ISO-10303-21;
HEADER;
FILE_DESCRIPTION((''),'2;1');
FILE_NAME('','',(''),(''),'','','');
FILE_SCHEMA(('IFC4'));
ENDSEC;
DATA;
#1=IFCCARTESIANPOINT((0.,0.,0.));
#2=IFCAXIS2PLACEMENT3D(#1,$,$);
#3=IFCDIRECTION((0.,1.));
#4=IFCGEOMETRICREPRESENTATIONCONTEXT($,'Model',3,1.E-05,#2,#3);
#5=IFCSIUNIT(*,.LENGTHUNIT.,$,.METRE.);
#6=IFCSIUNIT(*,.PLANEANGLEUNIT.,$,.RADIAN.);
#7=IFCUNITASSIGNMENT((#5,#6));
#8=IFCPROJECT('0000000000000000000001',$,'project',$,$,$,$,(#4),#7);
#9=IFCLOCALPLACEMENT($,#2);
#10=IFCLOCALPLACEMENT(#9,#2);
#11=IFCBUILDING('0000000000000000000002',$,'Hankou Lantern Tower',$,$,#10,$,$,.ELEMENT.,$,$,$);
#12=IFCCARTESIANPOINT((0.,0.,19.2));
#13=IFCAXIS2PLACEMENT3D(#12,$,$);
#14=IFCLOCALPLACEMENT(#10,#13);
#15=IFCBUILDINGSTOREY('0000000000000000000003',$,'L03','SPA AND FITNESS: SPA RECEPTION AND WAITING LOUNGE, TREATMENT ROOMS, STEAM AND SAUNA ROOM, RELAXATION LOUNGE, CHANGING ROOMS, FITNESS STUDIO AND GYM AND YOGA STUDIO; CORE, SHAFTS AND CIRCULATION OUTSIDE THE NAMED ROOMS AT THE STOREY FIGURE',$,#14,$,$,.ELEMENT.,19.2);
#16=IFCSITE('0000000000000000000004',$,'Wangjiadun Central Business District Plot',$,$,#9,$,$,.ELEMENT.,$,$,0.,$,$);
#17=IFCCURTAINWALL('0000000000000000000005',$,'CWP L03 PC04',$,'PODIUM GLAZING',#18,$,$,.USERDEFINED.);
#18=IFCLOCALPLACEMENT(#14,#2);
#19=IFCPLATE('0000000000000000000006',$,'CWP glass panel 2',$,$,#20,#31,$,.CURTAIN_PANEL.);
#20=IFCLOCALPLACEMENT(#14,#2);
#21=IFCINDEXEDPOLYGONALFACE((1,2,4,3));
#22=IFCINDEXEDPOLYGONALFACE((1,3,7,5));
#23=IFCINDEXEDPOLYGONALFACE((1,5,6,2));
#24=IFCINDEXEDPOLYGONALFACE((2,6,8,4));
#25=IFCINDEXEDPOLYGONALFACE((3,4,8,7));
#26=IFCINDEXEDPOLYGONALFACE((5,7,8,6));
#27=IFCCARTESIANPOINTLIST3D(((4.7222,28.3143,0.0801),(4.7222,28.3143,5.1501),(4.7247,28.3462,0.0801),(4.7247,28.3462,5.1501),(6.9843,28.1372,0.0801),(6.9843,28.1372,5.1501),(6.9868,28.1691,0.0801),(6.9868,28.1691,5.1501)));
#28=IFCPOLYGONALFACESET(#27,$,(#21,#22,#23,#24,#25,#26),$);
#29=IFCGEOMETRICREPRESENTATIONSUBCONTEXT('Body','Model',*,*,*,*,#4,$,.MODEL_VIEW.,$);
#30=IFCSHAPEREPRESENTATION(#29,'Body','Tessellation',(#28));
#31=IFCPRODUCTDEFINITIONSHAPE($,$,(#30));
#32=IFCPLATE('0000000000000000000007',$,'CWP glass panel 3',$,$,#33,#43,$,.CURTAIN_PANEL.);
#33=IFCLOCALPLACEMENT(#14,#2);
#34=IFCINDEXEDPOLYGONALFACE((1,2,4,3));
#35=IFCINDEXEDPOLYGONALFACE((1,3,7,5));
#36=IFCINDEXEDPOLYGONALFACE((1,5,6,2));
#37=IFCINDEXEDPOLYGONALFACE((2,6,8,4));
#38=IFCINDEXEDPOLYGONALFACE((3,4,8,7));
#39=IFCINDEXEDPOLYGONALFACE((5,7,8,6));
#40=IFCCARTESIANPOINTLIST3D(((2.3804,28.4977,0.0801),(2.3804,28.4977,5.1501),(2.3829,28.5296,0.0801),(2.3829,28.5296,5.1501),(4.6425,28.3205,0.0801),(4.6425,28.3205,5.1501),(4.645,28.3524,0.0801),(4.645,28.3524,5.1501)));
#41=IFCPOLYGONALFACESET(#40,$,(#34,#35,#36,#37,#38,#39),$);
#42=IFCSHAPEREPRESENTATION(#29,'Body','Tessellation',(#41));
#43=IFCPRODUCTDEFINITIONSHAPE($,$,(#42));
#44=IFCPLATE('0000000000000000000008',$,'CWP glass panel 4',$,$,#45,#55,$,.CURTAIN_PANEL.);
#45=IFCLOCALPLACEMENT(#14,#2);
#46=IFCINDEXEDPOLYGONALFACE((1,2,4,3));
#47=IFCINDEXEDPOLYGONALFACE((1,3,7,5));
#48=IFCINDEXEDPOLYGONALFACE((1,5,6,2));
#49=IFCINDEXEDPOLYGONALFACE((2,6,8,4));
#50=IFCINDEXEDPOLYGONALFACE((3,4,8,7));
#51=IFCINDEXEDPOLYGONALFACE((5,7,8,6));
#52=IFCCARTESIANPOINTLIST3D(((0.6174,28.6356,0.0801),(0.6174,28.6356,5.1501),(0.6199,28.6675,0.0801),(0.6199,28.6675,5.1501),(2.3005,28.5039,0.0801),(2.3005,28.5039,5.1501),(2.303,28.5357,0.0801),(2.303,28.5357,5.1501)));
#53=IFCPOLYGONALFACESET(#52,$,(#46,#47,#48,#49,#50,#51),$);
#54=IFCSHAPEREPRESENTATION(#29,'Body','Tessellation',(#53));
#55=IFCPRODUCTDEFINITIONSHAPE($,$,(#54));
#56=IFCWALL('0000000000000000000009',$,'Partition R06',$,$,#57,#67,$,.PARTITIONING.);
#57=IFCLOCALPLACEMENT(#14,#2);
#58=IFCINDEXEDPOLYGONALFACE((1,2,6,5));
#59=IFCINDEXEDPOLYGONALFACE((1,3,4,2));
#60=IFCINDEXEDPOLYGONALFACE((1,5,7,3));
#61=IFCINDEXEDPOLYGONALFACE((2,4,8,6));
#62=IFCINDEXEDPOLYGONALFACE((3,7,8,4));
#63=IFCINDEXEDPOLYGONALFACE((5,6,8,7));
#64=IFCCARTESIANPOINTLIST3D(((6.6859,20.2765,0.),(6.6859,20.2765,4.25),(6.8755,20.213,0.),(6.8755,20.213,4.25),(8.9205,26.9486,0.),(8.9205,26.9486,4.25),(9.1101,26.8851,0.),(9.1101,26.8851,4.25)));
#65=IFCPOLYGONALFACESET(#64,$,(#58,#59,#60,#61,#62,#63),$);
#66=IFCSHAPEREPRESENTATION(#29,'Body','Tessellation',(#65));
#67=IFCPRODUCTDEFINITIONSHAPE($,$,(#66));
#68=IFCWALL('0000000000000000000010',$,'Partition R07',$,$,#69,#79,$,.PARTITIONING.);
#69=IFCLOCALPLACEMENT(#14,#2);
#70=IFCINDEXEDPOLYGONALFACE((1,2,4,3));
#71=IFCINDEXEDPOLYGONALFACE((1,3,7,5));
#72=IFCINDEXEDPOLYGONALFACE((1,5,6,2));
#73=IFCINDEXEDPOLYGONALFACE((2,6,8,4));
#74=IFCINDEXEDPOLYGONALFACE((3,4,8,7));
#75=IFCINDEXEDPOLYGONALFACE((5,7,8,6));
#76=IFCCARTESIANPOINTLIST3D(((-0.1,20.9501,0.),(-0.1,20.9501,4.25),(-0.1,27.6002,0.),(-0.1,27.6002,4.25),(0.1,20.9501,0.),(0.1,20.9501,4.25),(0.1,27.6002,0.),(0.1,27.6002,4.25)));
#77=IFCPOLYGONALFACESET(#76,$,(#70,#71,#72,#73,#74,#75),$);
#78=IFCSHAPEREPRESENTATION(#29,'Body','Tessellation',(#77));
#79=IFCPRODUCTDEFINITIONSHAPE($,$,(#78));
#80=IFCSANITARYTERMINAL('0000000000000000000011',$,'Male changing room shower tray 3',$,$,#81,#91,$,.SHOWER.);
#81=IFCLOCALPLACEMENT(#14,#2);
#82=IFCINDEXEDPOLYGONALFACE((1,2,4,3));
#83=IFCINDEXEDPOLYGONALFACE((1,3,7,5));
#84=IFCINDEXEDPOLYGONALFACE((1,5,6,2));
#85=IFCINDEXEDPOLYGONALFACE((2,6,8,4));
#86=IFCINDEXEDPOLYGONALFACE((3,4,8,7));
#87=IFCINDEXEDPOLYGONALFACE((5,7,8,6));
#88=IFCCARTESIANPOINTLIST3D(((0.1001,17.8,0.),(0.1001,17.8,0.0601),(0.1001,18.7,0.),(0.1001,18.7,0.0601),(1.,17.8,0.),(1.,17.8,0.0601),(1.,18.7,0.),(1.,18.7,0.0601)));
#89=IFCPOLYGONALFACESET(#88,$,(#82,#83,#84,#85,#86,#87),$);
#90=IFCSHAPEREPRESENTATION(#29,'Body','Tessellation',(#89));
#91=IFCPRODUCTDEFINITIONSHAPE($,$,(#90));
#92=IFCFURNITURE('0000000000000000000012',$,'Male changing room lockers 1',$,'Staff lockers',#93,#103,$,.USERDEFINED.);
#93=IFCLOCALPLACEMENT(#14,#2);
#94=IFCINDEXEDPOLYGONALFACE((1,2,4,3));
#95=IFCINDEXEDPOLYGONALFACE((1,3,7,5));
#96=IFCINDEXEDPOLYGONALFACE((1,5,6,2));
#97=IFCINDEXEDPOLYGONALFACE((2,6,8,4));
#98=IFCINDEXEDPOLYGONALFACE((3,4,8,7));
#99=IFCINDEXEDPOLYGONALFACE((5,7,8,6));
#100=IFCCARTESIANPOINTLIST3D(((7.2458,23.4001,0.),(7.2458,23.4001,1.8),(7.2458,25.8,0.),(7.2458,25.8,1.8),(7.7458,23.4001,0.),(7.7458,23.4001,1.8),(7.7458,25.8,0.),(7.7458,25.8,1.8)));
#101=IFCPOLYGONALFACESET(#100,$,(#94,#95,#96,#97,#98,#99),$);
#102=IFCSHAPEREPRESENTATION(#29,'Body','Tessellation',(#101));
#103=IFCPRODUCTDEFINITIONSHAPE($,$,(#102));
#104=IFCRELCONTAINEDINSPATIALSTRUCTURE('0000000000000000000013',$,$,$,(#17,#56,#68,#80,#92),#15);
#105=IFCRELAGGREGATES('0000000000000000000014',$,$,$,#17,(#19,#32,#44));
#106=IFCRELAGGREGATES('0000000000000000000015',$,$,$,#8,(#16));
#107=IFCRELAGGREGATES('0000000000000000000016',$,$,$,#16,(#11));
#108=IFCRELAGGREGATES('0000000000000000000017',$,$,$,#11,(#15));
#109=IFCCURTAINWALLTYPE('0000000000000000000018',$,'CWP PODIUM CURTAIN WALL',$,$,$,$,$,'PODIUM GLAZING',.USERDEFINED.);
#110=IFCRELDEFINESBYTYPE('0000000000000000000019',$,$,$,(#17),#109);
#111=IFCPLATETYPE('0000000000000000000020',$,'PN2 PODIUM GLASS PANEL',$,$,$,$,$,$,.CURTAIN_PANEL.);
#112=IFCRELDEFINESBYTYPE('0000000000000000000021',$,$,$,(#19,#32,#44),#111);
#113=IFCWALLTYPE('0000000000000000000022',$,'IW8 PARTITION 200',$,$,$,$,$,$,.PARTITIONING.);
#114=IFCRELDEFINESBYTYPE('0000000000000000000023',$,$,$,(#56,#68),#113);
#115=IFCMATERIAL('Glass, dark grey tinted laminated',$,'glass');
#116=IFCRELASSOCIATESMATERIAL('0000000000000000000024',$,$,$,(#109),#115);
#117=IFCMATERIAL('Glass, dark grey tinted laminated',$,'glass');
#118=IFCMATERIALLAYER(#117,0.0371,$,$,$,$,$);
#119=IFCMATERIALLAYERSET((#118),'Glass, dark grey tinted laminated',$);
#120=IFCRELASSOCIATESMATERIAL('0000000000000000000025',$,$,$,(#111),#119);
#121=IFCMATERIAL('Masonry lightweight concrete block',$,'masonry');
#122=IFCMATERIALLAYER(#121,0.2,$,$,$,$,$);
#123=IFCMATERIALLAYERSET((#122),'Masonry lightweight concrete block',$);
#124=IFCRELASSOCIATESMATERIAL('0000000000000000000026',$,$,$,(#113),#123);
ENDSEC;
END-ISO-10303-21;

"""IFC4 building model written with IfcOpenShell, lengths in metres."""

from ifc_helpers import new_model, si_unit, direction, frame, frame_2d, origin, origin_2d, place, context, subcontext, project, spatial, rectangle, extrude, material, layer, layer_set, type_object, element, aggregate, save


model = new_model("IFC4")

# Units and contexts
model_context = context("Model", 3, precision=1e-05, world=origin(), true_north=direction((0.0, 1.0)))
body_context = subcontext(model_context, "Body", "Model", "MODEL_VIEW")
ifc_project = project(units=[si_unit("LENGTHUNIT", "METRE"), si_unit("PLANEANGLEUNIT", "RADIAN")], contexts=[model_context])

# Site, building, storey
site_placement = place(None, origin())
site = spatial("IfcSite", under=ifc_project, at=site_placement, Name="Wangjiadun Central Business District Plot", CompositionType="ELEMENT", RefElevation=0.0)
building_placement = place(site_placement, origin())
building = spatial("IfcBuilding", under=site, at=building_placement, Name="Hankou Lantern Tower", CompositionType="ELEMENT")
storey_placement = place(building_placement, frame((0.0, 0.0, 19.2)))
storey = spatial("IfcBuildingStorey", under=building, at=storey_placement, Name="L03", Description="SPA AND FITNESS: SPA RECEPTION AND WAITING LOUNGE, TREATMENT ROOMS, STEAM AND SAUNA ROOM, RELAXATION LOUNGE, CHANGING ROOMS, FITNESS STUDIO AND GYM AND YOGA STUDIO; CORE, SHAFTS AND CIRCULATION OUTSIDE THE NAMED ROOMS AT THE STOREY FIGURE", CompositionType="ELEMENT", Elevation=19.2)

# Curtain wall
ifc_material_1 = material(Name="Glass, dark grey tinted laminated", Category="glass")
curtain_wall_type = type_object("IfcCurtainWallType", Name="CWP PODIUM CURTAIN WALL", ElementType="PODIUM GLAZING", PredefinedType="USERDEFINED", material=ifc_material_1)
curtain_wall_placement = place(storey_placement, origin())
curtain_wall = element("IfcCurtainWall", 1, at=curtain_wall_placement, inside=storey, type_object=curtain_wall_type, Name="CWP L03 PC04", ObjectType="PODIUM GLAZING", PredefinedType="USERDEFINED")

# Plates
ifc_material_2 = material(Name="Glass, dark grey tinted laminated", Category="glass")
ifc_layer_1 = layer(ifc_material_2, 0.0371)
ifc_layer_set_1 = layer_set([ifc_layer_1], Name="Glass, dark grey tinted laminated")
plate_type = type_object("IfcPlateType", Name="PN2 PODIUM GLASS PANEL", PredefinedType="CURTAIN_PANEL", material=ifc_layer_set_1)
plate_1_placement = place(storey_placement, frame((5.8545, 28.2417, 0.0801), z_axis=(0.0, 0.0, 1.0), x_axis=(-0.996949, 0.078062, 0.0)))
plate_1 = element("IfcPlate", 2, at=plate_1_placement, type_object=plate_type, Name="CWP glass panel 2", PredefinedType="CURTAIN_PANEL", context=body_context, shape_type="SweptSolid", body=[
    extrude(rectangle(XDim=2.269, YDim=0.032, at=origin_2d()), origin(), (0.0, 0.0, 1.0), 5.0701),
])
plate_2_placement = place(storey_placement, frame((3.5127, 28.425, 0.0801), z_axis=(0.0, 0.0, 1.0), x_axis=(-0.996949, 0.078062, 0.0)))
plate_2 = element("IfcPlate", 3, at=plate_2_placement, type_object=plate_type, Name="CWP glass panel 3", PredefinedType="CURTAIN_PANEL", context=body_context, shape_type="SweptSolid", body=[
    extrude(rectangle(XDim=2.269, YDim=0.032, at=origin_2d()), origin(), (0.0, 0.0, 1.0), 5.0701),
])
plate_3_placement = place(storey_placement, frame((1.4602, 28.5857, 0.0801), z_axis=(0.0, 0.0, 1.0), x_axis=(-0.996949, 0.078062, 0.0)))
plate_3 = element("IfcPlate", 4, at=plate_3_placement, type_object=plate_type, Name="CWP glass panel 4", PredefinedType="CURTAIN_PANEL", context=body_context, shape_type="SweptSolid", body=[
    extrude(rectangle(XDim=1.6882, YDim=0.032, at=origin_2d()), origin(), (0.0, 0.0, 1.0), 5.0701),
])
aggregate(curtain_wall, [plate_1, plate_2, plate_3])

# Walls
ifc_material_3 = material(Name="Masonry lightweight concrete block", Category="masonry")
ifc_layer_2 = layer(ifc_material_3, 0.2)
ifc_layer_set_2 = layer_set([ifc_layer_2], Name="Masonry lightweight concrete block")
wall_type = type_object("IfcWallType", Name="IW8 PARTITION 200", PredefinedType="PARTITIONING", material=ifc_layer_set_2)
wall_1_placement = place(storey_placement, frame((6.7808, 20.2449, 0.0), z_axis=(0.0, 0.0, 1.0), x_axis=(0.317581, 0.948231, 0.0)))
element("IfcWall", 5, at=wall_1_placement, inside=storey, type_object=wall_type, Name="Partition R06", PredefinedType="PARTITIONING", context=body_context, shape_type="SweptSolid", body=[
    extrude(rectangle(XDim=7.0364, YDim=0.2, at=frame_2d((3.5181, 0.0))), origin(), (0.0, 0.0, 1.0), 4.25),
])
wall_2_placement = place(storey_placement, frame((0.0, 20.95, 0.0), z_axis=(0.0, 0.0, 1.0), x_axis=(0.0, 1.0, 0.0)))
element("IfcWall", 6, at=wall_2_placement, inside=storey, type_object=wall_type, Name="Partition R07", PredefinedType="PARTITIONING", context=body_context, shape_type="SweptSolid", body=[
    extrude(rectangle(XDim=6.6501, YDim=0.2, at=frame_2d((3.3252, 0.0))), origin(), (0.0, 0.0, 1.0), 4.25),
])

# Sanitary terminal
sanitary_terminal_placement = place(storey_placement, frame((0.55, 18.25, 0.0), z_axis=(0.0, 0.0, 1.0), x_axis=(0.0, 1.0, 0.0)))
element("IfcSanitaryTerminal", 7, at=sanitary_terminal_placement, inside=storey, Name="Male changing room shower tray 3", PredefinedType="SHOWER", context=body_context, shape_type="SweptSolid", body=[
    extrude(rectangle(XDim=0.8999, YDim=0.8999, at=origin_2d()), origin(), (0.0, 0.0, 1.0), 0.0601),
])

# Furniture
furniture_placement = place(storey_placement, frame((7.4958, 24.6001, 0.0), z_axis=(0.0, 0.0, 1.0), x_axis=(0.0, 1.0, 0.0)))
element("IfcFurniture", 8, at=furniture_placement, inside=storey, Name="Male changing room lockers 1", ObjectType="Staff lockers", PredefinedType="USERDEFINED", context=body_context, shape_type="SweptSolid", body=[
    extrude(rectangle(XDim=2.3999, YDim=0.5, at=origin_2d()), origin(), (0.0, 0.0, 1.0), 1.8),
])

save(model, "model.ifc")
